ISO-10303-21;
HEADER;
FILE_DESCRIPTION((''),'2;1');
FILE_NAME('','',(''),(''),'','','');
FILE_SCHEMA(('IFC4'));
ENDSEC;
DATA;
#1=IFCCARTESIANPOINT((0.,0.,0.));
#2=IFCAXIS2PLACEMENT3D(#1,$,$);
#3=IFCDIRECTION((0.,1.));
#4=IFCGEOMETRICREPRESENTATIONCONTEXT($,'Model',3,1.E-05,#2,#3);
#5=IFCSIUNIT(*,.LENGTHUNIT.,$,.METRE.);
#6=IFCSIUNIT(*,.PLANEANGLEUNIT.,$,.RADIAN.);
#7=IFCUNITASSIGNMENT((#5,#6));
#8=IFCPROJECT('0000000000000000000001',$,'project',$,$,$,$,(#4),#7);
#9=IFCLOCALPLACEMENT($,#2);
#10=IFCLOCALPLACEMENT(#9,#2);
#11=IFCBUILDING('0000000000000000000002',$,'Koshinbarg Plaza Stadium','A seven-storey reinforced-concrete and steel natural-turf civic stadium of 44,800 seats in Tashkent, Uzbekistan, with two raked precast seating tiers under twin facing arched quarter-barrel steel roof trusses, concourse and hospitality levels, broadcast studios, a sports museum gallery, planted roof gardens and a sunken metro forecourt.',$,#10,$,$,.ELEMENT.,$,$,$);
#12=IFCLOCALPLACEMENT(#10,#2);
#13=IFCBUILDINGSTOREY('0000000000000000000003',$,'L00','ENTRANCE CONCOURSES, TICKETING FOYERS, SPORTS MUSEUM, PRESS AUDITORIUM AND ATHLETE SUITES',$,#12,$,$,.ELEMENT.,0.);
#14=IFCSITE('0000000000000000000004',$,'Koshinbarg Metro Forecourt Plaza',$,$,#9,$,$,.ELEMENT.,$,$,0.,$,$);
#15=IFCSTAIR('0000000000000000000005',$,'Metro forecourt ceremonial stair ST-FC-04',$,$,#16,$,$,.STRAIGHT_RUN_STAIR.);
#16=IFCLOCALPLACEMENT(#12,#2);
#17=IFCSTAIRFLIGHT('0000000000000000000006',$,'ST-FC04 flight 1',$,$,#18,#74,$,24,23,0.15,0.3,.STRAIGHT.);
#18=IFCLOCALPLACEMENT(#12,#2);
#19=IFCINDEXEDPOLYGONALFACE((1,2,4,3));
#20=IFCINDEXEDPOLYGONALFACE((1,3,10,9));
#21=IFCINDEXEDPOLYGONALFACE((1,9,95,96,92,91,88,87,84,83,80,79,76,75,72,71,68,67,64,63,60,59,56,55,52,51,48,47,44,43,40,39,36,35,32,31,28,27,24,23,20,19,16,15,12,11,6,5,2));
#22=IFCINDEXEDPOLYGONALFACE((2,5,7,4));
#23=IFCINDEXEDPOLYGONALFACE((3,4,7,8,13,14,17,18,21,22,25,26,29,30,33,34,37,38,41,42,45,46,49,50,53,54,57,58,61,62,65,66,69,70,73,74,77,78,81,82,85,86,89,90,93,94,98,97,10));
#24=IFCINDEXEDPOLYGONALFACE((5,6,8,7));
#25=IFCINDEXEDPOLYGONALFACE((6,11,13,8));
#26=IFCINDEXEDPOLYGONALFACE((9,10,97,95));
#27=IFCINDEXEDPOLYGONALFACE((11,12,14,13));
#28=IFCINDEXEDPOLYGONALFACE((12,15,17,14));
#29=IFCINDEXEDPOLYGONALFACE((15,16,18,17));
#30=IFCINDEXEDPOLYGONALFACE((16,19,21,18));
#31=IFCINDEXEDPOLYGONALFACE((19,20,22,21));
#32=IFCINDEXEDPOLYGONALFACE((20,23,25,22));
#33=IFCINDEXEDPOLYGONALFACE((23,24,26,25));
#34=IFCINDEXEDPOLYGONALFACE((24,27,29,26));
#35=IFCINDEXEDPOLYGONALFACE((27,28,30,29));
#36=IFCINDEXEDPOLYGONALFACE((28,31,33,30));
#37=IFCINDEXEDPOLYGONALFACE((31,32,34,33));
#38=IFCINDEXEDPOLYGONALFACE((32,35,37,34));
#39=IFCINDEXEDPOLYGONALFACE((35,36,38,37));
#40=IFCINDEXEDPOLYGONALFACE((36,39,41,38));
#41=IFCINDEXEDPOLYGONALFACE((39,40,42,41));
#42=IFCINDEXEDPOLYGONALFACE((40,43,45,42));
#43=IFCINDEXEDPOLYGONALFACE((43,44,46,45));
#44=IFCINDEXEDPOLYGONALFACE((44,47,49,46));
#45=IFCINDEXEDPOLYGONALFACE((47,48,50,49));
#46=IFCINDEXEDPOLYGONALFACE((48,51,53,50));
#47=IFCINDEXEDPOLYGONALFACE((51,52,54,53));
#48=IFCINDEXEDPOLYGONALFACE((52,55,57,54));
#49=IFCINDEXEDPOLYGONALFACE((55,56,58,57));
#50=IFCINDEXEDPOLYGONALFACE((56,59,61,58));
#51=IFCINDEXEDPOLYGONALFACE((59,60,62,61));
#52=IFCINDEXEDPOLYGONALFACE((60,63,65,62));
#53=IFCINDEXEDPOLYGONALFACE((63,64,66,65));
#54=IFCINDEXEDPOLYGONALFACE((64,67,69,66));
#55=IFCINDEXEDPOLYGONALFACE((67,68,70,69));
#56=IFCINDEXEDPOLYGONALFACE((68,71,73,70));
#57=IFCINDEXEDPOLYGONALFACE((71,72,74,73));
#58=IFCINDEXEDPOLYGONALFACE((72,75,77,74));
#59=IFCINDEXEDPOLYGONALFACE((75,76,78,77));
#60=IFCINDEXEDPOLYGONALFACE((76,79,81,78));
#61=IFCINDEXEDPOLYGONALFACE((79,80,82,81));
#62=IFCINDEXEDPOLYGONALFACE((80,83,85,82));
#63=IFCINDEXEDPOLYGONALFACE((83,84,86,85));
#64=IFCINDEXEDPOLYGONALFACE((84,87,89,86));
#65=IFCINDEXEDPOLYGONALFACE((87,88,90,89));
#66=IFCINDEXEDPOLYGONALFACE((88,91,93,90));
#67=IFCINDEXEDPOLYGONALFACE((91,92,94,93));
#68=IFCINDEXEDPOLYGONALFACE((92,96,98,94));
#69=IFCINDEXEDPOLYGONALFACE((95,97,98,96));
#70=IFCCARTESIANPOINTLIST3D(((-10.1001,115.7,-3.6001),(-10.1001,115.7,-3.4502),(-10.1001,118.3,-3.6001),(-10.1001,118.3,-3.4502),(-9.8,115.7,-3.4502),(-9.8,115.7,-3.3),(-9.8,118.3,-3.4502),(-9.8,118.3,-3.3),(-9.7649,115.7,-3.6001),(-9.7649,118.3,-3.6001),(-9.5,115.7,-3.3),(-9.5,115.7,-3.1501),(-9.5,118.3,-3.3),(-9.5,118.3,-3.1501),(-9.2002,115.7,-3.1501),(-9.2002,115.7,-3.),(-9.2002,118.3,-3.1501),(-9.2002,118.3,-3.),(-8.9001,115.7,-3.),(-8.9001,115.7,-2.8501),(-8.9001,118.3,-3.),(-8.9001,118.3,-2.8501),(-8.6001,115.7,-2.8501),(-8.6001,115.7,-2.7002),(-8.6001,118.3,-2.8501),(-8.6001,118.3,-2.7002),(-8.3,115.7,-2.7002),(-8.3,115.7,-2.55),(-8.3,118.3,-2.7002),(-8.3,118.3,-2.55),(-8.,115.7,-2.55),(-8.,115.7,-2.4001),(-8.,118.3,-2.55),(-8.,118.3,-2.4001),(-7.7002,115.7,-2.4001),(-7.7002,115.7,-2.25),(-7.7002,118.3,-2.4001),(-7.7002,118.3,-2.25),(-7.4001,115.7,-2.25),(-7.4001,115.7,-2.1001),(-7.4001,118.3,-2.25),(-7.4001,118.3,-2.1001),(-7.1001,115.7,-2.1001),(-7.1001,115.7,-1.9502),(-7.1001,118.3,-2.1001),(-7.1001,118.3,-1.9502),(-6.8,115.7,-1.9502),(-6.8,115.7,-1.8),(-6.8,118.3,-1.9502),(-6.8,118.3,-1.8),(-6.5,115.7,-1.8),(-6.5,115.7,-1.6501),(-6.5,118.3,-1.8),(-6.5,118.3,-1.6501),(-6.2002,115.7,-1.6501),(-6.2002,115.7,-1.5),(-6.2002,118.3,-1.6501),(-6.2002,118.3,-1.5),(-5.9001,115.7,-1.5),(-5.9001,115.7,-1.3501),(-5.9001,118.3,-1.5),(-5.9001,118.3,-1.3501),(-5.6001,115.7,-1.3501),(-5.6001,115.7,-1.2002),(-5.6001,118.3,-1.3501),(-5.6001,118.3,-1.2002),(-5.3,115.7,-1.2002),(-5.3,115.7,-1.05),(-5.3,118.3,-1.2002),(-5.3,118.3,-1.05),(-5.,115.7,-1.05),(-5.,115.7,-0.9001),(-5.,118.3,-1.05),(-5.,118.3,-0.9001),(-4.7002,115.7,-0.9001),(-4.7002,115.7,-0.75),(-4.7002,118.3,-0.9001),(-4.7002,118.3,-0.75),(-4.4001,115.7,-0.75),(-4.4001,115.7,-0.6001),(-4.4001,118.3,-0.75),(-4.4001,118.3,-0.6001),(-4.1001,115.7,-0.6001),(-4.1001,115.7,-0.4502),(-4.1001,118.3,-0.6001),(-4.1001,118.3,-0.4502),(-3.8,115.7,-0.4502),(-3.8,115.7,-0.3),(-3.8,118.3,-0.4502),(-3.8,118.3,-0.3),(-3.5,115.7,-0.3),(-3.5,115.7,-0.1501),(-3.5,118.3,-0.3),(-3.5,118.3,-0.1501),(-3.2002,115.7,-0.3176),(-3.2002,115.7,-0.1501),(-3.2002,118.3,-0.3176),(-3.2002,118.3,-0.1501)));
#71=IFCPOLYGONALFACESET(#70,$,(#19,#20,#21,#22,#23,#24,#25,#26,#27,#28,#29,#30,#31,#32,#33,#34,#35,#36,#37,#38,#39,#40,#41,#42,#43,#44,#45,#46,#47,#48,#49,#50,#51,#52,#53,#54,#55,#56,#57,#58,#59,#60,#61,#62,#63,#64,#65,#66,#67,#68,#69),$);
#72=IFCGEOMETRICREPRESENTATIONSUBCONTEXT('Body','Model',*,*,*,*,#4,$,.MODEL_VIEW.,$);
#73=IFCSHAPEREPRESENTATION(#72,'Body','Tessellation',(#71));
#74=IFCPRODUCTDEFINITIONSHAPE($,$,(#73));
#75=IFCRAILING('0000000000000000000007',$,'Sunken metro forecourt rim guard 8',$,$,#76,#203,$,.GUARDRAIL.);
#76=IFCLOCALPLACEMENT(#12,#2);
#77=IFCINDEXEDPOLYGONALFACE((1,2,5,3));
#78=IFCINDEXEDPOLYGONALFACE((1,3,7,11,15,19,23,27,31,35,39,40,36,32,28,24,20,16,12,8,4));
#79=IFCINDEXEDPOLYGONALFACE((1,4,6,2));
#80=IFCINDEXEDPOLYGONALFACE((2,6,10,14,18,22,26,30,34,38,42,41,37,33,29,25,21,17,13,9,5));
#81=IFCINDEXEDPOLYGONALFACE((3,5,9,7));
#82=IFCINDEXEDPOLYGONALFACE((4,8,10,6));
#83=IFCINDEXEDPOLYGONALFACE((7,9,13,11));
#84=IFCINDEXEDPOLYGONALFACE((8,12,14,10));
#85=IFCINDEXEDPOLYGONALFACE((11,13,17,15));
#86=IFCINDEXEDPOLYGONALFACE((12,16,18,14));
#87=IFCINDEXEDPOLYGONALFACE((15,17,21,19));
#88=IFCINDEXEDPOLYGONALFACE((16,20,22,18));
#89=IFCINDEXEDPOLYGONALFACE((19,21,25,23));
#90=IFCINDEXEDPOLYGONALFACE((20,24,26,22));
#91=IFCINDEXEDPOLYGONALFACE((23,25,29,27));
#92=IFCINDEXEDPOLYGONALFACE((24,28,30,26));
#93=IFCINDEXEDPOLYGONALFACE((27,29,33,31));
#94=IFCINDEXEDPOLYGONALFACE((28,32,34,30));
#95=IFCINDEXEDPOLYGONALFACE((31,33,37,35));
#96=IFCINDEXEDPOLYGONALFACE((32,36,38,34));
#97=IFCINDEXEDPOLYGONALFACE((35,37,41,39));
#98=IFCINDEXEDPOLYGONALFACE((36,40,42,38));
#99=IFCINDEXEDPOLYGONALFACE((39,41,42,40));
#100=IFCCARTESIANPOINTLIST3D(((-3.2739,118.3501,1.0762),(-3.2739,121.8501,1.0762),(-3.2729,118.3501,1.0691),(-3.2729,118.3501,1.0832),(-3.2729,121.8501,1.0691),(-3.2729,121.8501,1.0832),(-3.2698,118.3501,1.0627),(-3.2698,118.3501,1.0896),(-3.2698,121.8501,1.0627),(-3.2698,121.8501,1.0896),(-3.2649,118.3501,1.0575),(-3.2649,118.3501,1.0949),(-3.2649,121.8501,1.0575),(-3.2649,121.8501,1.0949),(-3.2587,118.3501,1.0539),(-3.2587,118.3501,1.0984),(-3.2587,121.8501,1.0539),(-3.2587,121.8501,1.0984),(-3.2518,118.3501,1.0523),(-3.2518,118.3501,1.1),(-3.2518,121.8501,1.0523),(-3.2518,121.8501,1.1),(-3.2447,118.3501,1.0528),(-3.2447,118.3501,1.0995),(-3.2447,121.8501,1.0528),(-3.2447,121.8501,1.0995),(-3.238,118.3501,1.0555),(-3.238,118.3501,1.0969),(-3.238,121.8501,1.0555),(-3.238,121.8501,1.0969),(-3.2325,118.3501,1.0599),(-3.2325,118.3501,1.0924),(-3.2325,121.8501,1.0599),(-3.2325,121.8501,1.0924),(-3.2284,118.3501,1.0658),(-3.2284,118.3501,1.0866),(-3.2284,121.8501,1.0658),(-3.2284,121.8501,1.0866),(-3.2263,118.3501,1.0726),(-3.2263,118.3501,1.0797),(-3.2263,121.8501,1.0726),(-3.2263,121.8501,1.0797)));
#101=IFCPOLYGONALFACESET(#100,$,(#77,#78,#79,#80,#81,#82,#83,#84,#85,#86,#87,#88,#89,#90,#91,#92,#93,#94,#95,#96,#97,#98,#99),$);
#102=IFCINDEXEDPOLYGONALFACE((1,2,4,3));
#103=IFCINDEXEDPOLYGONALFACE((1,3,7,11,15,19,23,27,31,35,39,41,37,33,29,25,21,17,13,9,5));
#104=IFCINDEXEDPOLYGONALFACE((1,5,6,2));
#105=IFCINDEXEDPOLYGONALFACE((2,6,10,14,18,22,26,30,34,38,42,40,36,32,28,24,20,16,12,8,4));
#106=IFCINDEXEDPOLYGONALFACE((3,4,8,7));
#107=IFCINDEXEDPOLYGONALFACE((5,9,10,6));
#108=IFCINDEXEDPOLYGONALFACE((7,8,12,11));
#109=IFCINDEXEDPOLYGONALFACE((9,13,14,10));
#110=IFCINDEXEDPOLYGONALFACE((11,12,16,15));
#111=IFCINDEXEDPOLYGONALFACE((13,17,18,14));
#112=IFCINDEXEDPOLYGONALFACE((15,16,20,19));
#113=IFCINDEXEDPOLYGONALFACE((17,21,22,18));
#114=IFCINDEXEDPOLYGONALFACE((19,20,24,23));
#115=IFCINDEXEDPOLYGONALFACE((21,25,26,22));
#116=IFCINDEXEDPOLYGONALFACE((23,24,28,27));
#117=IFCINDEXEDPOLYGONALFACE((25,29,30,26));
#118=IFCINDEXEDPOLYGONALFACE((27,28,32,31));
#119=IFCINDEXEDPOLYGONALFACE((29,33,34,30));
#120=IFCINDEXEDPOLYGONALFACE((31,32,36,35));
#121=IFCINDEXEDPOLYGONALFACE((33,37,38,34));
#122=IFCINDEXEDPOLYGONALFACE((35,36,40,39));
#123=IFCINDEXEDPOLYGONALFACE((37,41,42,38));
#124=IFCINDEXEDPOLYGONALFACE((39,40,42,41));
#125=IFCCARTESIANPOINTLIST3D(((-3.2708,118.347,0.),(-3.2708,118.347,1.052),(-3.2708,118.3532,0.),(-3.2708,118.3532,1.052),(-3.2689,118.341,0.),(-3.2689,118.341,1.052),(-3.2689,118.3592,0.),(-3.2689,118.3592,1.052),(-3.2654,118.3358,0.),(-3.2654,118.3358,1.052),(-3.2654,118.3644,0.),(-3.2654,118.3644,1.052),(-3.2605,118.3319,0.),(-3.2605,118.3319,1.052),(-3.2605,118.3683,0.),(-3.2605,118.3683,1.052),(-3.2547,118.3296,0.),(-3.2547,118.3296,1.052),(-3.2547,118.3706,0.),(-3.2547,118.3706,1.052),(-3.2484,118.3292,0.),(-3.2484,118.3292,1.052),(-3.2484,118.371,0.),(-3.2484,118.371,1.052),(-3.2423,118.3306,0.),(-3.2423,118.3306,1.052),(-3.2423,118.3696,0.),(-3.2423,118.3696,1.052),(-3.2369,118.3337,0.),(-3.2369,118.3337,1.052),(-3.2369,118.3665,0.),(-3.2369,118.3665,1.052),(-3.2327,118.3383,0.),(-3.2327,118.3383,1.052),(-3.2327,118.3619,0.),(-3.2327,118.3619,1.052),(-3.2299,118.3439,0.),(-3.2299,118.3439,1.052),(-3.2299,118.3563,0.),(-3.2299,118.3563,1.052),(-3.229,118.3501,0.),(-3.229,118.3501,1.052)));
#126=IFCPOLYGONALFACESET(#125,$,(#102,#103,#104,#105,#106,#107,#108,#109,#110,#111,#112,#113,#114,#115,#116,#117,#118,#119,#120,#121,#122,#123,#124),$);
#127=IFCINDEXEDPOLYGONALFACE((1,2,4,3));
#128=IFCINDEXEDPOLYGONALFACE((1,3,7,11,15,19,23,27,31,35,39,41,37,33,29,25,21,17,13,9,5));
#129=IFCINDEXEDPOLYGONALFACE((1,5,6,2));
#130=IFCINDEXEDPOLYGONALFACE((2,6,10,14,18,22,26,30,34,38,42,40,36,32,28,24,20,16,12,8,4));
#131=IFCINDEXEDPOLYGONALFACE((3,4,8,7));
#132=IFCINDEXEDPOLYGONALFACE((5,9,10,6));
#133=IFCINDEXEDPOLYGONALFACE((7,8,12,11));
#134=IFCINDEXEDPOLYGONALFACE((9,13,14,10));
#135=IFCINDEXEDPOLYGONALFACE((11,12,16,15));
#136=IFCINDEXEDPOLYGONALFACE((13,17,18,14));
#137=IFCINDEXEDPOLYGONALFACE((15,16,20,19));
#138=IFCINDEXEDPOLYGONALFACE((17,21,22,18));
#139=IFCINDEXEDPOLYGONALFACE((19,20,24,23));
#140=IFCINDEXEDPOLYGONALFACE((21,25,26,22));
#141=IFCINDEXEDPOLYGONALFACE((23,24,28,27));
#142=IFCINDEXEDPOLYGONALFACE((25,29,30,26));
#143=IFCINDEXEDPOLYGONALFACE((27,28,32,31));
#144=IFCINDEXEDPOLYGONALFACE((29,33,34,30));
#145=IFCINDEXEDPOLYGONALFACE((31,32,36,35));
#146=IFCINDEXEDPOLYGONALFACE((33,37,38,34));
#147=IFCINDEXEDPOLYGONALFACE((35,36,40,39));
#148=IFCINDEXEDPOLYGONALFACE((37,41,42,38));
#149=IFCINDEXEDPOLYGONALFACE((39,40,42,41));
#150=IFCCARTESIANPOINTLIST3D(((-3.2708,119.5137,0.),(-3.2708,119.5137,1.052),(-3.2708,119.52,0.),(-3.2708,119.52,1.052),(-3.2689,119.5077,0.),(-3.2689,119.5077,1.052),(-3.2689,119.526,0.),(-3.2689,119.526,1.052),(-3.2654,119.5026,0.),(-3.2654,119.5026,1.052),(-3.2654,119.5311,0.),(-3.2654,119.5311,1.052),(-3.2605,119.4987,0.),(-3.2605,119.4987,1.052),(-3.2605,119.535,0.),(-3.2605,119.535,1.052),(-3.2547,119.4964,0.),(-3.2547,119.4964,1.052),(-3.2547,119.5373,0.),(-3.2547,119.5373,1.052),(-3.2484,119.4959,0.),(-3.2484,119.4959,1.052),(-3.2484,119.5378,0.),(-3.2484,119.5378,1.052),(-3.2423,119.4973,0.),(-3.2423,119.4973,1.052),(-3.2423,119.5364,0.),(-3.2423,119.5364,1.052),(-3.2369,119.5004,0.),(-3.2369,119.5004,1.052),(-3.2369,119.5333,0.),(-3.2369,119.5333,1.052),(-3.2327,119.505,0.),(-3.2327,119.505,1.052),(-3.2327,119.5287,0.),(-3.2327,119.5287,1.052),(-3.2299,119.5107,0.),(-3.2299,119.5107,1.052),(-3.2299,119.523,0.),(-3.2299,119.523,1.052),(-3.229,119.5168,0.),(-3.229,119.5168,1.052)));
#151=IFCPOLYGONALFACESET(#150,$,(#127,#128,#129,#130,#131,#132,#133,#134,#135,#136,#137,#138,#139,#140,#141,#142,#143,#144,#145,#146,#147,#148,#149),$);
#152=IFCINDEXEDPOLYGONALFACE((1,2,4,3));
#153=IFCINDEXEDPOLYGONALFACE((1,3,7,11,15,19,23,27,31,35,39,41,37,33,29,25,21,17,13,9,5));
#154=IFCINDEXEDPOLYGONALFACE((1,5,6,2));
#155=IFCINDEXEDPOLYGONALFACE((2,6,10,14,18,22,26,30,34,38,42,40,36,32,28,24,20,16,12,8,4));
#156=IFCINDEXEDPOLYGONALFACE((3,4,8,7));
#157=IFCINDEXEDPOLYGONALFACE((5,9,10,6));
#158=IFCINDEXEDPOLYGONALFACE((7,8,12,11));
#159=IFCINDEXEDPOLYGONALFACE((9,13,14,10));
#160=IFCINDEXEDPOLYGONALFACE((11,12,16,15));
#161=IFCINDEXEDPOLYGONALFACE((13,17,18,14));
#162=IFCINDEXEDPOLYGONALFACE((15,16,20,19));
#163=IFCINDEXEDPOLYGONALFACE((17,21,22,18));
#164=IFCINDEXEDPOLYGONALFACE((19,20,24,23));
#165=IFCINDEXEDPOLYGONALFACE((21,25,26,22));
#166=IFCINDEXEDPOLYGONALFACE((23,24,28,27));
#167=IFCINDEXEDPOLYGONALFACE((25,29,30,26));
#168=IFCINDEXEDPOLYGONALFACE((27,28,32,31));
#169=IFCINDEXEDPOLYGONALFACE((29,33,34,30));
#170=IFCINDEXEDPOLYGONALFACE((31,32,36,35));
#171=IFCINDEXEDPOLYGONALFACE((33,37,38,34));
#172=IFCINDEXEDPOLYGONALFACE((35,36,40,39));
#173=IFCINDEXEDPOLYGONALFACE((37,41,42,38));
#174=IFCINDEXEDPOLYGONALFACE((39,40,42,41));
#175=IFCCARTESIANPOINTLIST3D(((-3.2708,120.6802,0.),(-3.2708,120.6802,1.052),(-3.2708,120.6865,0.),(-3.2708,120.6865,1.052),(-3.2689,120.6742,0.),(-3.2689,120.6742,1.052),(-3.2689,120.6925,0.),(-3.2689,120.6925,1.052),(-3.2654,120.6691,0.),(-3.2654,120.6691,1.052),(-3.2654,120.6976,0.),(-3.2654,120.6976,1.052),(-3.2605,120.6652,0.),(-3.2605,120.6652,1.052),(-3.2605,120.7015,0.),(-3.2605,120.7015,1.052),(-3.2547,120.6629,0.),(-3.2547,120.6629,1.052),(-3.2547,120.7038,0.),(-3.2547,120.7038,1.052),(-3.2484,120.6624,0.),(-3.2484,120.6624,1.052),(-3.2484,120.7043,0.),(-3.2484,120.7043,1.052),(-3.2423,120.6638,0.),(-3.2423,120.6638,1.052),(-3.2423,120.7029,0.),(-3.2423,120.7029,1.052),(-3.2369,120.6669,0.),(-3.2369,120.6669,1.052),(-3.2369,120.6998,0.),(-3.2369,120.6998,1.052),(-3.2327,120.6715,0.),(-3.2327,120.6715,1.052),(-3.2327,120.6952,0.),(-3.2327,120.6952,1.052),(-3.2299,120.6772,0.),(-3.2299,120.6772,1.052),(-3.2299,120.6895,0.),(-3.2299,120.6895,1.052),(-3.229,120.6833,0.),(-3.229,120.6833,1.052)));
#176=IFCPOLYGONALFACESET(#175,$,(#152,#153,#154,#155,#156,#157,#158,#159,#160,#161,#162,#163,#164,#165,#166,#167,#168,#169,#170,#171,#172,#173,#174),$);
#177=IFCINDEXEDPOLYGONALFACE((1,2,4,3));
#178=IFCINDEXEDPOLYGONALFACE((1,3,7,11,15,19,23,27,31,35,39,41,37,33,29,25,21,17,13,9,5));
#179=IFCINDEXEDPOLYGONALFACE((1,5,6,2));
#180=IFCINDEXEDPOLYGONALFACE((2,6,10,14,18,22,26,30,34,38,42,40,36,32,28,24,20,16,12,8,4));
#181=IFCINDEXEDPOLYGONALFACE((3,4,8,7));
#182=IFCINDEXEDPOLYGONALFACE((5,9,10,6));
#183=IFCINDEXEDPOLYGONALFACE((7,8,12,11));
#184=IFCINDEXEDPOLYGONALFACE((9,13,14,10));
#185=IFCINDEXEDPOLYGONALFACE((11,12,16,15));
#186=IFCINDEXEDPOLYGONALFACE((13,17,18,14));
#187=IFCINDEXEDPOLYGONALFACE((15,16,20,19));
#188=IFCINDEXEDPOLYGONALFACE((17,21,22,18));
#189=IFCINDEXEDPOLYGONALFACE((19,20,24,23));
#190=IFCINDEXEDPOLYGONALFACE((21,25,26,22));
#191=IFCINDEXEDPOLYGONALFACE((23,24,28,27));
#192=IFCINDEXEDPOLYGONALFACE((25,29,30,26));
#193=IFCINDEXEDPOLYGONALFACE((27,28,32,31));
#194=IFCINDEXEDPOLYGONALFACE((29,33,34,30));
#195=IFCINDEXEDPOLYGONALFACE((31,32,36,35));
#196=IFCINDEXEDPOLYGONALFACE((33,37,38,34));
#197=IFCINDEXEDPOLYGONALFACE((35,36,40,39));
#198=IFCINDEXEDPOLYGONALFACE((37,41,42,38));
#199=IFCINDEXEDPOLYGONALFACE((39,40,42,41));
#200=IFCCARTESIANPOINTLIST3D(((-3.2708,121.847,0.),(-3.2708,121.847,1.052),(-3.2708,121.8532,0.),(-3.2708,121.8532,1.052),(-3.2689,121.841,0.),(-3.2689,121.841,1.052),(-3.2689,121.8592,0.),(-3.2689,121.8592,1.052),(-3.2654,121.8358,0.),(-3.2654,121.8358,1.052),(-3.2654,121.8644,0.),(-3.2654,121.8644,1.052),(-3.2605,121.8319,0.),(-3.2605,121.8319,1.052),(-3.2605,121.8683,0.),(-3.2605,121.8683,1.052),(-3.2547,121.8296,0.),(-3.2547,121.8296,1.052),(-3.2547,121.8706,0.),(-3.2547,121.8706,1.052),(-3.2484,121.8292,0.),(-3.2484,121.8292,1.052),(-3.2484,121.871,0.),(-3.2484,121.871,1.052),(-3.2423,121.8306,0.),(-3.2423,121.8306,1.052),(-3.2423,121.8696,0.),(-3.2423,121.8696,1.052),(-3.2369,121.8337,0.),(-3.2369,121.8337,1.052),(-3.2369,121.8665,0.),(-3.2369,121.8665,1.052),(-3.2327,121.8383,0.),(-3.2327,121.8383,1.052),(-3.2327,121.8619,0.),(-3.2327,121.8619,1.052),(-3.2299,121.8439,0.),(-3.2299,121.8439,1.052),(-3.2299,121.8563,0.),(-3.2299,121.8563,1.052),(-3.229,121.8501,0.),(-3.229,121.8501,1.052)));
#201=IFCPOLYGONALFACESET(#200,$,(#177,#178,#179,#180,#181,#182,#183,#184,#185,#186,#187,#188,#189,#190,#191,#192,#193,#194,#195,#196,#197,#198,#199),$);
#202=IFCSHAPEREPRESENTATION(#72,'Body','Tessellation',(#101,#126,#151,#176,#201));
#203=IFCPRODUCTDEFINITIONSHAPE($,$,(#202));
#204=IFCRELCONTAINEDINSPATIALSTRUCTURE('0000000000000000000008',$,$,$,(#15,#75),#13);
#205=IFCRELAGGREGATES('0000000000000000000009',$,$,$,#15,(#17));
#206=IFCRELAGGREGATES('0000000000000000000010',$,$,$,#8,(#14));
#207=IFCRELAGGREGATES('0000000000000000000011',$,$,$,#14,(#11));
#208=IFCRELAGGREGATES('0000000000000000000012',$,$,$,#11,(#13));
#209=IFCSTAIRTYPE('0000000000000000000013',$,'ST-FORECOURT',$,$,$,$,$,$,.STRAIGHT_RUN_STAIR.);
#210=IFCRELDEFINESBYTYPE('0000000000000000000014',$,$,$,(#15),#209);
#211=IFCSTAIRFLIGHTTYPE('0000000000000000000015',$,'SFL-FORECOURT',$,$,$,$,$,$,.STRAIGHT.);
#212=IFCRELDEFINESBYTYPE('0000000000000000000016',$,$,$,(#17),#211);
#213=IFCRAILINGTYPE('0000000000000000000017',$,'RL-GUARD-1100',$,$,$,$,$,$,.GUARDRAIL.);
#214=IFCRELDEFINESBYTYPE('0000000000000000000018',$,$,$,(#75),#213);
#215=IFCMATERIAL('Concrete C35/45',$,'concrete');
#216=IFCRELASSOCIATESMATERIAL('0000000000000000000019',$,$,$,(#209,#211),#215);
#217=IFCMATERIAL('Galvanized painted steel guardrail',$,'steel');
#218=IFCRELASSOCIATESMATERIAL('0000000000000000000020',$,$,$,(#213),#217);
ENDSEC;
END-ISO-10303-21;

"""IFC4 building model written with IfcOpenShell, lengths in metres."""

from ifc_helpers import new_model, si_unit, direction, frame, origin, origin_2d, place, context, subcontext, project, spatial, polyline, circle, outline, extrude, material, type_object, element, aggregate, save


model = new_model("IFC4")

# Units and contexts
model_context = context("Model", 3, precision=1e-05, world=origin(), true_north=direction((0.0, 1.0)))
body_context = subcontext(model_context, "Body", "Model", "MODEL_VIEW")
ifc_project = project(units=[si_unit("LENGTHUNIT", "METRE"), si_unit("PLANEANGLEUNIT", "RADIAN")], contexts=[model_context])

# Site, building, storey
site_placement = place(None, origin())
site = spatial("IfcSite", under=ifc_project, at=site_placement, Name="Koshinbarg Metro Forecourt Plaza", CompositionType="ELEMENT", RefElevation=0.0)
building_placement = place(site_placement, origin())
building = spatial("IfcBuilding", under=site, at=building_placement, Name="Koshinbarg Plaza Stadium", Description="A seven-storey reinforced-concrete and steel natural-turf civic stadium of 44,800 seats in Tashkent, Uzbekistan, with two raked precast seating tiers under twin facing arched quarter-barrel steel roof trusses, concourse and hospitality levels, broadcast studios, a sports museum gallery, planted roof gardens and a sunken metro forecourt.", CompositionType="ELEMENT")
storey_placement = place(building_placement, origin())
storey = spatial("IfcBuildingStorey", under=building, at=storey_placement, Name="L00", Description="ENTRANCE CONCOURSES, TICKETING FOYERS, SPORTS MUSEUM, PRESS AUDITORIUM AND ATHLETE SUITES", CompositionType="ELEMENT", Elevation=0.0)

# Shared definitions
ifc_material_1 = material(Name="Concrete C35/45", Category="concrete")

# Stair, stair flight
stair_type = type_object("IfcStairType", Name="ST-FORECOURT", PredefinedType="STRAIGHT_RUN_STAIR", material=ifc_material_1)
stair_placement = place(storey_placement, origin())
stair = element("IfcStair", 1, at=stair_placement, inside=storey, type_object=stair_type, Name="Metro forecourt ceremonial stair ST-FC-04", PredefinedType="STRAIGHT_RUN_STAIR")
stair_flight_type = type_object("IfcStairFlightType", Name="SFL-FORECOURT", PredefinedType="STRAIGHT", material=ifc_material_1)
stair_flight_placement = place(storey_placement, frame((-10.1001, 117.0, -3.6001), z_axis=(0.0, 0.0, 1.0), x_axis=(1.0, 0.0, 0.0)))
stair_flight = element("IfcStairFlight", 2, at=stair_flight_placement, type_object=stair_flight_type, Name="ST-FC04 flight 1", NumberOfRisers=24, NumberOfTreads=23, PredefinedType="STRAIGHT", RiserHeight=0.15, TreadLength=0.3, context=body_context, shape_type="SweptSolid", body=[
    extrude(outline(polyline([(0.0, 0.0), (0.0, 0.1499), (0.3, 0.1499), (0.3, 0.3), (0.6001, 0.3), (0.6001, 0.45), (0.8999, 0.45), (0.8999, 0.6001), (1.2, 0.6001), (1.2, 0.75), (1.5, 0.75), (1.5, 0.8999), (1.8, 0.8999), (1.8, 1.05), (2.1001, 1.05), (2.1001, 1.2), (2.3999, 1.2), (2.3999, 1.3501), (2.7, 1.3501), (2.7, 1.5), (3.0, 1.5), (3.0, 1.6499), (3.3, 1.6499), (3.3, 1.8), (3.6001, 1.8), (3.6001, 1.95), (3.8999, 1.95), (3.8999, 2.1001), (4.2, 2.1001), (4.2, 2.25), (4.5, 2.25), (4.5, 2.3999), (4.8, 2.3999), (4.8, 2.55), (5.1001, 2.55), (5.1001, 2.7), (5.3999, 2.7), (5.3999, 2.8501), (5.7, 2.8501), (5.7, 3.0), (6.0, 3.0), (6.0, 3.1499), (6.3, 3.1499), (6.3, 3.3), (6.6001, 3.3), (6.6001, 3.45), (6.8999, 3.45), (6.8999, 3.6001), (6.8999, 3.2825), (0.3352, 0.0), (0.0, 0.0)])), frame((0.0, 1.3, 0.0), z_axis=(0.0, -1.0, 0.0), x_axis=(1.0, 0.0, 0.0)), (0.0, 0.0, 1.0), 2.6001),
])
aggregate(stair, [stair_flight])

# Railing
ifc_material_2 = material(Name="Galvanized painted steel guardrail", Category="steel")
railing_type = type_object("IfcRailingType", Name="RL-GUARD-1100", PredefinedType="GUARDRAIL", material=ifc_material_2)
railing_1_placement = place(storey_placement, frame((-3.25, 118.3501, 0.0)))
element("IfcRailing", 3, at=railing_1_placement, inside=storey, type_object=railing_type, Name="Sunken metro forecourt rim guard 8", PredefinedType="GUARDRAIL", context=body_context, shape_type="SweptSolid", body=[
    extrude(circle(Radius=0.0239, at=origin_2d()), frame((0.0, 0.0, 1.0762), z_axis=(0.0, 1.0, 0.0), x_axis=(-1.0, 0.0, 0.0)), (0.0, 0.0, 1.0), 3.5),
    extrude(circle(Radius=0.021, at=origin_2d()), origin(), (0.0, 0.0, 1.0), 1.052),
    extrude(circle(Radius=0.021, at=origin_2d()), frame((0.0, 1.1667, 0.0)), (0.0, 0.0, 1.0), 1.052),
    extrude(circle(Radius=0.021, at=origin_2d()), frame((0.0, 2.3333, 0.0)), (0.0, 0.0, 1.0), 1.052),
    extrude(circle(Radius=0.021, at=origin_2d()), frame((0.0, 3.5, 0.0)), (0.0, 0.0, 1.0), 1.052),
])

save(model, "model.ifc")
